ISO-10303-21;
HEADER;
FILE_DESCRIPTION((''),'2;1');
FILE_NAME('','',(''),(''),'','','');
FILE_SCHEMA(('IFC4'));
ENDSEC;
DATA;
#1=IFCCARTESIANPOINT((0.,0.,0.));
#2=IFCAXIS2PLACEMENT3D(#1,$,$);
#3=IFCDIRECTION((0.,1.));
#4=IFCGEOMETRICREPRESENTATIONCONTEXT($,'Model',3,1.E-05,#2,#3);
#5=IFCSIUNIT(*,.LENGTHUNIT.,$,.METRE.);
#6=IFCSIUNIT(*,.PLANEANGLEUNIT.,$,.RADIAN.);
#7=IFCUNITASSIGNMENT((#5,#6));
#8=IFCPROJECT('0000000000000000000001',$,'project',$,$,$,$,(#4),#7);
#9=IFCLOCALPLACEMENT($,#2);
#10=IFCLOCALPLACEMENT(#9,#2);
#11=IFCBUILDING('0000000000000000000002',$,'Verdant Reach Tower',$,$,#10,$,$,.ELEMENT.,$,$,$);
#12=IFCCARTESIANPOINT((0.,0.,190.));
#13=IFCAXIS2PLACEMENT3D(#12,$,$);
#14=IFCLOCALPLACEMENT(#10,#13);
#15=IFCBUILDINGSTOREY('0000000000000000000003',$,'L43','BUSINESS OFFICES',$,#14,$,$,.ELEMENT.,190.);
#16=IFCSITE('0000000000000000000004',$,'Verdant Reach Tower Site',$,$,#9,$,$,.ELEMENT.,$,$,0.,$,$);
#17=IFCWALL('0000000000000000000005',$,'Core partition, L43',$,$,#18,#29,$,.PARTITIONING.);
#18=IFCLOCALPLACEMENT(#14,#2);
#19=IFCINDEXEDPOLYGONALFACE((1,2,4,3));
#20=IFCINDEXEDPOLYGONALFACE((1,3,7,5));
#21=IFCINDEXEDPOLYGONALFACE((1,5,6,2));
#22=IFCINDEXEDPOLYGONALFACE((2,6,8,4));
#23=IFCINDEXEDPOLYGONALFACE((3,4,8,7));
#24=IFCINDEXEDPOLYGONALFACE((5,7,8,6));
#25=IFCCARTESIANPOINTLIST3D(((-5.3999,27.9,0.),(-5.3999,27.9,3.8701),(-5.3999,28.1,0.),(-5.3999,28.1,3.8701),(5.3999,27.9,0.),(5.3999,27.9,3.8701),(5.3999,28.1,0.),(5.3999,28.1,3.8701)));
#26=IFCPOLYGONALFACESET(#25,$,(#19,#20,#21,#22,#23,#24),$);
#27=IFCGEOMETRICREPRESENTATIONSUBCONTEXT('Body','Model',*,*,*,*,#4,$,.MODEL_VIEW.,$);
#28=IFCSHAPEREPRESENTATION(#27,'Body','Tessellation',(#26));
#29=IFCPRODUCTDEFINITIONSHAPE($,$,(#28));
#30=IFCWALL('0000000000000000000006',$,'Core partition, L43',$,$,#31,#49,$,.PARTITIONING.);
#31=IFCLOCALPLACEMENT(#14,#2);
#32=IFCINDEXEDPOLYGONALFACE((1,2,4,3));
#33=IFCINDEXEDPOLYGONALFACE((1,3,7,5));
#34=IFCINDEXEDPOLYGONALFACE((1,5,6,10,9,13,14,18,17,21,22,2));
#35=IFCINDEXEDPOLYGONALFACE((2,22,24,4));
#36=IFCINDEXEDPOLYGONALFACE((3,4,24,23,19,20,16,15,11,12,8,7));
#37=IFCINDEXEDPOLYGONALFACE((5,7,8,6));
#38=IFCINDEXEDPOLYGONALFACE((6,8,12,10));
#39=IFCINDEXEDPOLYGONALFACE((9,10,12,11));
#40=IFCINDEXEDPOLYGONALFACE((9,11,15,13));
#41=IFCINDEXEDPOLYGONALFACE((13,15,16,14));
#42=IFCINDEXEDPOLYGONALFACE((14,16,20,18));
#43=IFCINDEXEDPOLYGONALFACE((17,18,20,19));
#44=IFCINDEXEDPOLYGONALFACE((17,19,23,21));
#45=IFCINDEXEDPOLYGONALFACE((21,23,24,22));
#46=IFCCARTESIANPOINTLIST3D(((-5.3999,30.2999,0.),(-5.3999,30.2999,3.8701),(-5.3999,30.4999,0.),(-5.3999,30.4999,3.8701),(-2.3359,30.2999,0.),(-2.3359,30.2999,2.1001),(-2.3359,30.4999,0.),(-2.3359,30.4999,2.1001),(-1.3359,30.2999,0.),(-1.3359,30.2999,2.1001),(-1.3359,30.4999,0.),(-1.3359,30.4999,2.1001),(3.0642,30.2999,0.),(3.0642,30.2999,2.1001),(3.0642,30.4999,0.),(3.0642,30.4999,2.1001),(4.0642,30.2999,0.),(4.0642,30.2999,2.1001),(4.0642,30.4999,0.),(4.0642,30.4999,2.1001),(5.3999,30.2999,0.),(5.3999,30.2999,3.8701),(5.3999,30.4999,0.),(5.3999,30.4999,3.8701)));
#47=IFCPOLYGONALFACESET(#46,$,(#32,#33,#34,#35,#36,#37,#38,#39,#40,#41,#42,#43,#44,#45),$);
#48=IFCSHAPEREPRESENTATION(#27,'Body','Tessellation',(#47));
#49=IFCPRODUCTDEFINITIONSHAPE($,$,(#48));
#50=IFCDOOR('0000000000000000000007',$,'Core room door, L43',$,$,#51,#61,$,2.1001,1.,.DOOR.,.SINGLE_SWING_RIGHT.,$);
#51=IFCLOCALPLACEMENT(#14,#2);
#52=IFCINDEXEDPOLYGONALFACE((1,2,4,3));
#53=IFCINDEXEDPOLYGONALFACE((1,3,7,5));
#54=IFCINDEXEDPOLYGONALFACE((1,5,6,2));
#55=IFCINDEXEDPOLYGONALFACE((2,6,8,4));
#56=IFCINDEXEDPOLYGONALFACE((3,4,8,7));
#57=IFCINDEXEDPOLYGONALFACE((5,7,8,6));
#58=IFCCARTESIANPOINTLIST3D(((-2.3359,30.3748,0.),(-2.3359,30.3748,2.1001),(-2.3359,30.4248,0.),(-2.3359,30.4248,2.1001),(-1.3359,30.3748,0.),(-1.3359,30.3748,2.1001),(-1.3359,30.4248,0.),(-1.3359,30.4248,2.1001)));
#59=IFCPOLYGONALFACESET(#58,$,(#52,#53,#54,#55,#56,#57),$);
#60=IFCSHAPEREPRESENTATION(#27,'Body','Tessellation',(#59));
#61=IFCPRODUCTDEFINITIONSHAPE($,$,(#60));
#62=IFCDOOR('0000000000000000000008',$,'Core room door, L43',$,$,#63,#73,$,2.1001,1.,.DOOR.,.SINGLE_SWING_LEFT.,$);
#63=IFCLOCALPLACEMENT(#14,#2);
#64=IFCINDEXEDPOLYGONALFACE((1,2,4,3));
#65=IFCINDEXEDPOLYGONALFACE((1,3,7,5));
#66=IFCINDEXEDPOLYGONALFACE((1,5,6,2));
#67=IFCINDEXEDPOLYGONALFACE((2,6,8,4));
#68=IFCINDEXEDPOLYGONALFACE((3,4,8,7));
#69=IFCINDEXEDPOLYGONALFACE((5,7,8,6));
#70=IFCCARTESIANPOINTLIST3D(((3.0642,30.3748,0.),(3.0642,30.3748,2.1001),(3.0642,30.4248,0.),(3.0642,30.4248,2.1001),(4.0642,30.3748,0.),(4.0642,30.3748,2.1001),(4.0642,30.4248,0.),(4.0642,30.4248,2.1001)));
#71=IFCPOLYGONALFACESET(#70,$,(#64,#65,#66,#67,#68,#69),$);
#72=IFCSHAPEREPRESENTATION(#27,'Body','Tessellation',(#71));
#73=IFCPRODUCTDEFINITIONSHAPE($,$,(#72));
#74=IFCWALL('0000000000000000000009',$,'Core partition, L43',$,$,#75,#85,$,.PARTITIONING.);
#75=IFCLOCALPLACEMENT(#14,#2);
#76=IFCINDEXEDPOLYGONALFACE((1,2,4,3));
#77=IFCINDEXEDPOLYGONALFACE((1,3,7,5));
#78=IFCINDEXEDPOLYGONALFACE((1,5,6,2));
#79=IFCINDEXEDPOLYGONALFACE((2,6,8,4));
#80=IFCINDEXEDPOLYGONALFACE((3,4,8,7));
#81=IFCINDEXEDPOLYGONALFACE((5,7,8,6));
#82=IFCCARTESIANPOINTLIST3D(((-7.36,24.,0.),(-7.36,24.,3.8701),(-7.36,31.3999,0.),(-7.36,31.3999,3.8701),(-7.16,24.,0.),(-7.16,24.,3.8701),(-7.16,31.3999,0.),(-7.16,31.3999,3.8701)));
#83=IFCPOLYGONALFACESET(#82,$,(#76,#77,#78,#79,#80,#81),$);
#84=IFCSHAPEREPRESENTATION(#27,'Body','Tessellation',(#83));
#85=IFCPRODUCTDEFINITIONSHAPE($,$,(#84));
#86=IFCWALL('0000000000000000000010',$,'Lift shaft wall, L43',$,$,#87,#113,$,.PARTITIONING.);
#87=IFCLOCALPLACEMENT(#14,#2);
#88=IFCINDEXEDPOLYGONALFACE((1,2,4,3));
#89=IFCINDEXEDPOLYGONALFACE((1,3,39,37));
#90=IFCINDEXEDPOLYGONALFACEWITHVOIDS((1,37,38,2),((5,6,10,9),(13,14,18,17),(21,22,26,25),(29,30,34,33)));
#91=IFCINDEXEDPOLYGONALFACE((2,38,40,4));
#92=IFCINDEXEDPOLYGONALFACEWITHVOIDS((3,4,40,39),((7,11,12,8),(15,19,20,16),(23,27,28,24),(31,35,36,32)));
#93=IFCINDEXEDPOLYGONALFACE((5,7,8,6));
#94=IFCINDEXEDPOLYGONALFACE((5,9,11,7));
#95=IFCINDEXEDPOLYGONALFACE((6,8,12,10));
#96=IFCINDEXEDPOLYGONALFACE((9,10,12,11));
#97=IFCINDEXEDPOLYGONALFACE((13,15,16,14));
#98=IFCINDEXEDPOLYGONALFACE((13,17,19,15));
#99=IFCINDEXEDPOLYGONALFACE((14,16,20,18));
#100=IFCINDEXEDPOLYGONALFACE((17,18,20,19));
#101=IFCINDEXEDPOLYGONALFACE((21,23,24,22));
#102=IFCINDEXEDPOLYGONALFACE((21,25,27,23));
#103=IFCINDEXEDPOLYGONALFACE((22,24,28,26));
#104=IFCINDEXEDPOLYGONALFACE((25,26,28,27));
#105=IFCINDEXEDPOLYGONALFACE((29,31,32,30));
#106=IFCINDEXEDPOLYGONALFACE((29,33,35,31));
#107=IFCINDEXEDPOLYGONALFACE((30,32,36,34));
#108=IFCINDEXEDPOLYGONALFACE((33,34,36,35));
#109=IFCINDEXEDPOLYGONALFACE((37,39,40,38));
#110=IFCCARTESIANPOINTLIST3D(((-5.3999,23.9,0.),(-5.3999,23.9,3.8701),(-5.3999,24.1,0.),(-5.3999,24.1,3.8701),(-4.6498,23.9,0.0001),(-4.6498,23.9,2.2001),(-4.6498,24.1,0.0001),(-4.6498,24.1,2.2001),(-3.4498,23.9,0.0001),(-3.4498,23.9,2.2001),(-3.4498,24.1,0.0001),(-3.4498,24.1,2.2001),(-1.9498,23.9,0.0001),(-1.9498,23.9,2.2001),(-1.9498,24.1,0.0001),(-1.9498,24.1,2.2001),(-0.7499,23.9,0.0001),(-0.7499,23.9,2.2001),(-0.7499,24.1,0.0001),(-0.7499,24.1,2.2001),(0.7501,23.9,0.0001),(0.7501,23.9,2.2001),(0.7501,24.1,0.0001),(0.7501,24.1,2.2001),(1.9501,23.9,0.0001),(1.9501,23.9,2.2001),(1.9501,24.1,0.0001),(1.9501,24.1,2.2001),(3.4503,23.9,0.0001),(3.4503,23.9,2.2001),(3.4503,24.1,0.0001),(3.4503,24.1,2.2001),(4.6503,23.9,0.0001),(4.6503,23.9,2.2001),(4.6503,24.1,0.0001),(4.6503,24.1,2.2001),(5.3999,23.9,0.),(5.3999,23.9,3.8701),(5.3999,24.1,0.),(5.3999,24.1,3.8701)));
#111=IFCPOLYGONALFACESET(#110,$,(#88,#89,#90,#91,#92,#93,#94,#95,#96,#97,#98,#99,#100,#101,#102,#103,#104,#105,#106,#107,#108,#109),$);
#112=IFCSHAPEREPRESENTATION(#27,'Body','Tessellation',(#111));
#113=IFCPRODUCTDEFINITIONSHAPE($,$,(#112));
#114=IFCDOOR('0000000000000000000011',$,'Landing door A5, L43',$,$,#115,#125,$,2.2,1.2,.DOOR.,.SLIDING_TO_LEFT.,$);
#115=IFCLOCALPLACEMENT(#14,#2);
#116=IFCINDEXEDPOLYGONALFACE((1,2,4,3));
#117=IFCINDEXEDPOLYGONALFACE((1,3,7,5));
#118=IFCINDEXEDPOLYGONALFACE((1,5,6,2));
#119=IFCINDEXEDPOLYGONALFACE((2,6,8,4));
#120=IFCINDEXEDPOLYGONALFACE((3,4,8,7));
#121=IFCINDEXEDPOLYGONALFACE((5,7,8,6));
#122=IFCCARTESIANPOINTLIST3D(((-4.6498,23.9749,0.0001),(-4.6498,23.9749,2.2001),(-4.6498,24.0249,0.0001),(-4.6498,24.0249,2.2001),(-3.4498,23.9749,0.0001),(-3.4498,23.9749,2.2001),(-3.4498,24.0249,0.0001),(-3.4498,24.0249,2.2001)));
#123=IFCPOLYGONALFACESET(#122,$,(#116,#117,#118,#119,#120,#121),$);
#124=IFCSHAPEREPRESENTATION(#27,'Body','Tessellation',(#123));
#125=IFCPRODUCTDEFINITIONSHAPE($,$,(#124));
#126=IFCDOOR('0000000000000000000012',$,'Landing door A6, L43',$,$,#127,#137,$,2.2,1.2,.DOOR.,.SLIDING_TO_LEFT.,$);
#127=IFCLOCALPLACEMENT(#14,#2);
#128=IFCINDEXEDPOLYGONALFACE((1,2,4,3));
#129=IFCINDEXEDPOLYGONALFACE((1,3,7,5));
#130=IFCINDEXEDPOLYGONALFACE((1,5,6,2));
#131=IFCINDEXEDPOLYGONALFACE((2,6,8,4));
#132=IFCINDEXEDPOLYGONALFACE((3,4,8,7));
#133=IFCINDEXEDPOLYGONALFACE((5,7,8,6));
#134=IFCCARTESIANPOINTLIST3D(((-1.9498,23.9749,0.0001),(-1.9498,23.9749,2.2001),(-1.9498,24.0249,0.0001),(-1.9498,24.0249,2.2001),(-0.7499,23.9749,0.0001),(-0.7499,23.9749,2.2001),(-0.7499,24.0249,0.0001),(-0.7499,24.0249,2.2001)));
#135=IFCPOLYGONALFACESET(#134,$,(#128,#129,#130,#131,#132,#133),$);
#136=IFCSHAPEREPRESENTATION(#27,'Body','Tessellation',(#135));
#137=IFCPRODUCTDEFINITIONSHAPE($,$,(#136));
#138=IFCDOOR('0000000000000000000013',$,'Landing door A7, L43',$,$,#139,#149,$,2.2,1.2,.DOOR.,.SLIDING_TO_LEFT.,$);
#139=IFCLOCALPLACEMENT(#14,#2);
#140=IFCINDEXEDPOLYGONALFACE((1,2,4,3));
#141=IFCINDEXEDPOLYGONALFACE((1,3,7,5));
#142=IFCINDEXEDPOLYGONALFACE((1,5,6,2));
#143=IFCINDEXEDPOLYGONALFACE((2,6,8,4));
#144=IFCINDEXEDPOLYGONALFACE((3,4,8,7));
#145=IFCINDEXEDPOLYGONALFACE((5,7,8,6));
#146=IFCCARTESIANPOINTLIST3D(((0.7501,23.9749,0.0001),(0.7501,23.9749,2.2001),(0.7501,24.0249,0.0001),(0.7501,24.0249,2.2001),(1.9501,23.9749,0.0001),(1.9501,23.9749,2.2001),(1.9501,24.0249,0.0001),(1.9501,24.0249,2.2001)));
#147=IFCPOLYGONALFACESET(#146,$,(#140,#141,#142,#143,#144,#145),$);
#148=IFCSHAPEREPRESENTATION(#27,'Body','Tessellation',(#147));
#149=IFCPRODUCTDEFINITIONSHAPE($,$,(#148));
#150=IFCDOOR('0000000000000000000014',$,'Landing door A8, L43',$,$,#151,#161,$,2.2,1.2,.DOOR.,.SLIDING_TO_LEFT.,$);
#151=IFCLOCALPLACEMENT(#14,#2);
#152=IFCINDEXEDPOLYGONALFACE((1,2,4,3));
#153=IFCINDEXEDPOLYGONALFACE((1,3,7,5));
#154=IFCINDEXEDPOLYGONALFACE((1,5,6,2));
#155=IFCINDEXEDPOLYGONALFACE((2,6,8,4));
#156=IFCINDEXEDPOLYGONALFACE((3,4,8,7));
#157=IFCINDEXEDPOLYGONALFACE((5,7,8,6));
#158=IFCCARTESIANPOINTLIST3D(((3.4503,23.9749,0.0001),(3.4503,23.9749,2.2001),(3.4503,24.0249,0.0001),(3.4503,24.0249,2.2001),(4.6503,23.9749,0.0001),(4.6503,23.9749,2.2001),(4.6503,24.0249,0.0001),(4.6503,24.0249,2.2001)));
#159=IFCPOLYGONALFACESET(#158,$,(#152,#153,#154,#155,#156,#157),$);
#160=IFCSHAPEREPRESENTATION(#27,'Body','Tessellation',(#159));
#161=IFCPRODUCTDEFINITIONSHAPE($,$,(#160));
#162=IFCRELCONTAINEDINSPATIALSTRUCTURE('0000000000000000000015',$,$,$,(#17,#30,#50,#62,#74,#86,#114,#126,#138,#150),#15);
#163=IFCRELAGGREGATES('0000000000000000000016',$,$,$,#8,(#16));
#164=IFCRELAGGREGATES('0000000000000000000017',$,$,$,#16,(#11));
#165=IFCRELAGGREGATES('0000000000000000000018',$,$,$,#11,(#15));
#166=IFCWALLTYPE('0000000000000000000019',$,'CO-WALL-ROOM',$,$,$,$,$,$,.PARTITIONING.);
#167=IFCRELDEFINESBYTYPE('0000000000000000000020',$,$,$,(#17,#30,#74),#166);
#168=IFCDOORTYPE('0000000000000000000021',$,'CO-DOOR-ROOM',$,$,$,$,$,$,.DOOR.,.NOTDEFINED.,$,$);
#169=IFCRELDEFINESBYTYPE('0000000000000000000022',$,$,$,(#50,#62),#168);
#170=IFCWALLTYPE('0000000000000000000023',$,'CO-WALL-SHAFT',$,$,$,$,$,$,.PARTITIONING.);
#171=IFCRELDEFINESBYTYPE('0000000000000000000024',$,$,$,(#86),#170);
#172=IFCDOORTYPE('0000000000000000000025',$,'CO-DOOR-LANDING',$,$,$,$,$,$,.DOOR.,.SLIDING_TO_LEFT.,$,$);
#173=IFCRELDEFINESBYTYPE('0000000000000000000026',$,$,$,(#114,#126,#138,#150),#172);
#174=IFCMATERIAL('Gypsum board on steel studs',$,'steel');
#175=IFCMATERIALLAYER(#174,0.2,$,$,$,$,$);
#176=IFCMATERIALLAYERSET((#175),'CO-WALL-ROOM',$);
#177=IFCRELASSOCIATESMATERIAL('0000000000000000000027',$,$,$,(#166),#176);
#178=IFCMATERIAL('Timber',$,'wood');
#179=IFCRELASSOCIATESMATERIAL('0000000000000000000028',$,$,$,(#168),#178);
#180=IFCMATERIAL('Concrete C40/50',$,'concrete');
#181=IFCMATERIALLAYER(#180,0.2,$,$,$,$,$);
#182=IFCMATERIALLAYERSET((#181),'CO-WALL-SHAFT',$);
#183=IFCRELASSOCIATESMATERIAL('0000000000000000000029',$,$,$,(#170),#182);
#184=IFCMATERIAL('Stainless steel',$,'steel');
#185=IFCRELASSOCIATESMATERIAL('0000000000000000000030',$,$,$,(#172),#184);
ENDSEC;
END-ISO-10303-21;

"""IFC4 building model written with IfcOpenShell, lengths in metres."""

from ifc_helpers import new_model, si_unit, direction, frame, frame_2d, origin, place, context, subcontext, project, spatial, rectangle, extrude, material, layer, layer_set, type_object, element, fill, save


model = new_model("IFC4")

# Units and contexts
model_context = context("Model", 3, precision=1e-05, world=origin(), true_north=direction((0.0, 1.0)))
body_context = subcontext(model_context, "Body", "Model", "MODEL_VIEW")
ifc_project = project(units=[si_unit("LENGTHUNIT", "METRE"), si_unit("PLANEANGLEUNIT", "RADIAN")], contexts=[model_context])

# Site, building, storey
site_placement = place(None, origin())
site = spatial("IfcSite", under=ifc_project, at=site_placement, Name="Verdant Reach Tower Site", CompositionType="ELEMENT", RefElevation=0.0)
building_placement = place(site_placement, origin())
building = spatial("IfcBuilding", under=site, at=building_placement, Name="Verdant Reach Tower", CompositionType="ELEMENT")
storey_placement = place(building_placement, frame((0.0, 0.0, 190.0)))
storey = spatial("IfcBuildingStorey", under=building, at=storey_placement, Name="L43", Description="BUSINESS OFFICES", CompositionType="ELEMENT", Elevation=190.0)

# Wall
ifc_material_1 = material(Name="Gypsum board on steel studs", Category="steel")
ifc_layer_1 = layer(ifc_material_1, 0.2)
ifc_layer_set_1 = layer_set([ifc_layer_1], Name="CO-WALL-ROOM")
wall_type_1 = type_object("IfcWallType", Name="CO-WALL-ROOM", PredefinedType="PARTITIONING", material=ifc_layer_set_1)
wall_1_placement = place(storey_placement, frame((-5.3999, 28.0, 0.0), z_axis=(0.0, 0.0, 1.0), x_axis=(1.0, 0.0, 0.0)))
element("IfcWall", 1, at=wall_1_placement, inside=storey, type_object=wall_type_1, Name="Core partition, L43", PredefinedType="PARTITIONING", context=body_context, shape_type="SweptSolid", body=[
    extrude(rectangle(XDim=10.7998, YDim=0.2, at=frame_2d((5.3999, 0.0))), origin(), (0.0, 0.0, 1.0), 3.8701),
])

# Wall, openings, doors
wall_2_placement = place(storey_placement, frame((-5.3999, 30.3999, 0.0), z_axis=(0.0, 0.0, 1.0), x_axis=(1.0, 0.0, 0.0)))
wall_2 = element("IfcWall", 2, at=wall_2_placement, inside=storey, type_object=wall_type_1, Name="Core partition, L43", PredefinedType="PARTITIONING", context=body_context, shape_type="SweptSolid", body=[
    extrude(rectangle(XDim=10.7998, YDim=0.2, at=frame_2d((5.3999, 0.0))), origin(), (0.0, 0.0, 1.0), 3.8701),
])
opening_1_placement = place(wall_2_placement, frame((3.064, 0.0, 0.0)))
opening_1 = element("IfcOpeningElement", 3, at=opening_1_placement, cuts=wall_2, PredefinedType="OPENING", context=body_context, shape_type="SweptSolid", body=[
    extrude(rectangle(XDim=1.0, YDim=2.1001, at=frame_2d((0.5, 1.05))), frame((0.0, 0.1099, 0.0), z_axis=(0.0, -1.0, 0.0), x_axis=(1.0, 0.0, 0.0)), (0.0, 0.0, 1.0), 0.22),
])
opening_2_placement = place(wall_2_placement, frame((8.4641, 0.0, 0.0)))
opening_2 = element("IfcOpeningElement", 4, at=opening_2_placement, cuts=wall_2, PredefinedType="OPENING", context=body_context, shape_type="SweptSolid", body=[
    extrude(rectangle(XDim=1.0, YDim=2.1001, at=frame_2d((0.5, 1.05))), frame((0.0, 0.1099, 0.0), z_axis=(0.0, -1.0, 0.0), x_axis=(1.0, 0.0, 0.0)), (0.0, 0.0, 1.0), 0.22),
])
ifc_material_2 = material(Name="Timber", Category="wood")
door_type_1 = type_object("IfcDoorType", Name="CO-DOOR-ROOM", OperationType="NOTDEFINED", PredefinedType="DOOR", material=ifc_material_2)
door_1_placement = place(opening_1_placement, origin())
door_1 = element("IfcDoor", 5, at=door_1_placement, inside=storey, type_object=door_type_1, Name="Core room door, L43", OperationType="SINGLE_SWING_RIGHT", OverallHeight=2.1001, OverallWidth=1.0, PredefinedType="DOOR", context=body_context, shape_type="SweptSolid", body=[
    extrude(rectangle(XDim=1.0, YDim=2.1001, at=frame_2d((0.5, 1.05))), frame((0.0, 0.0249, 0.0), z_axis=(0.0, -1.0, 0.0), x_axis=(1.0, 0.0, 0.0)), (0.0, 0.0, 1.0), 0.05),
])
fill(opening_1, door_1)
door_2_placement = place(opening_2_placement, origin())
door_2 = element("IfcDoor", 6, at=door_2_placement, inside=storey, type_object=door_type_1, Name="Core room door, L43", OperationType="SINGLE_SWING_LEFT", OverallHeight=2.1001, OverallWidth=1.0, PredefinedType="DOOR", context=body_context, shape_type="SweptSolid", body=[
    extrude(rectangle(XDim=1.0, YDim=2.1001, at=frame_2d((0.5, 1.05))), frame((0.0, 0.0249, 0.0), z_axis=(0.0, -1.0, 0.0), x_axis=(1.0, 0.0, 0.0)), (0.0, 0.0, 1.0), 0.05),
])
fill(opening_2, door_2)

# Wall
wall_3_placement = place(storey_placement, frame((-7.26, 24.0, 0.0), z_axis=(0.0, 0.0, 1.0), x_axis=(0.0, 1.0, 0.0)))
element("IfcWall", 7, at=wall_3_placement, inside=storey, type_object=wall_type_1, Name="Core partition, L43", PredefinedType="PARTITIONING", context=body_context, shape_type="SweptSolid", body=[
    extrude(rectangle(XDim=7.3999, YDim=0.2, at=frame_2d((3.7, 0.0))), origin(), (0.0, 0.0, 1.0), 3.8701),
])

# Wall, openings, doors
ifc_material_3 = material(Name="Concrete C40/50", Category="concrete")
ifc_layer_2 = layer(ifc_material_3, 0.2)
ifc_layer_set_2 = layer_set([ifc_layer_2], Name="CO-WALL-SHAFT")
wall_type_2 = type_object("IfcWallType", Name="CO-WALL-SHAFT", PredefinedType="PARTITIONING", material=ifc_layer_set_2)
wall_4_placement = place(storey_placement, frame((-5.3999, 24.0, 0.0), z_axis=(0.0, 0.0, 1.0), x_axis=(1.0, 0.0, 0.0)))
wall_4 = element("IfcWall", 8, at=wall_4_placement, inside=storey, type_object=wall_type_2, Name="Lift shaft wall, L43", PredefinedType="PARTITIONING", context=body_context, shape_type="SweptSolid", body=[
    extrude(rectangle(XDim=10.7998, YDim=0.2, at=frame_2d((5.3999, 0.0))), origin(), (0.0, 0.0, 1.0), 3.8701),
])
opening_3_placement = place(wall_4_placement, frame((0.75, 0.0, 0.0)))
opening_3 = element("IfcOpeningElement", 9, at=opening_3_placement, cuts=wall_4, PredefinedType="OPENING", context=body_context, shape_type="SweptSolid", body=[
    extrude(rectangle(XDim=1.2, YDim=2.2, at=frame_2d((0.6001, 1.1001))), frame((0.0, 0.1099, 0.0), z_axis=(0.0, -1.0, 0.0), x_axis=(1.0, 0.0, 0.0)), (0.0, 0.0, 1.0), 0.22),
])
opening_4_placement = place(wall_4_placement, frame((3.45, 0.0, 0.0)))
opening_4 = element("IfcOpeningElement", 10, at=opening_4_placement, cuts=wall_4, PredefinedType="OPENING", context=body_context, shape_type="SweptSolid", body=[
    extrude(rectangle(XDim=1.2, YDim=2.2, at=frame_2d((0.6001, 1.1001))), frame((0.0, 0.1099, 0.0), z_axis=(0.0, -1.0, 0.0), x_axis=(1.0, 0.0, 0.0)), (0.0, 0.0, 1.0), 0.22),
])
opening_5_placement = place(wall_4_placement, frame((6.1499, 0.0, 0.0)))
opening_5 = element("IfcOpeningElement", 11, at=opening_5_placement, cuts=wall_4, PredefinedType="OPENING", context=body_context, shape_type="SweptSolid", body=[
    extrude(rectangle(XDim=1.2, YDim=2.2, at=frame_2d((0.6001, 1.1001))), frame((0.0, 0.1099, 0.0), z_axis=(0.0, -1.0, 0.0), x_axis=(1.0, 0.0, 0.0)), (0.0, 0.0, 1.0), 0.22),
])
opening_6_placement = place(wall_4_placement, frame((8.8501, 0.0, 0.0)))
opening_6 = element("IfcOpeningElement", 12, at=opening_6_placement, cuts=wall_4, PredefinedType="OPENING", context=body_context, shape_type="SweptSolid", body=[
    extrude(rectangle(XDim=1.2, YDim=2.2, at=frame_2d((0.6001, 1.1001))), frame((0.0, 0.1099, 0.0), z_axis=(0.0, -1.0, 0.0), x_axis=(1.0, 0.0, 0.0)), (0.0, 0.0, 1.0), 0.22),
])
ifc_material_4 = material(Name="Stainless steel", Category="steel")
door_type_2 = type_object("IfcDoorType", Name="CO-DOOR-LANDING", OperationType="SLIDING_TO_LEFT", PredefinedType="DOOR", material=ifc_material_4)
door_3_placement = place(opening_3_placement, origin())
door_3 = element("IfcDoor", 13, at=door_3_placement, inside=storey, type_object=door_type_2, Name="Landing door A5, L43", OperationType="SLIDING_TO_LEFT", OverallHeight=2.2, OverallWidth=1.2, PredefinedType="DOOR", context=body_context, shape_type="SweptSolid", body=[
    extrude(rectangle(XDim=1.2, YDim=2.2, at=frame_2d((0.6001, 1.1001))), frame((0.0, 0.0249, 0.0), z_axis=(0.0, -1.0, 0.0), x_axis=(1.0, 0.0, 0.0)), (0.0, 0.0, 1.0), 0.05),
])
fill(opening_3, door_3)
door_4_placement = place(opening_4_placement, origin())
door_4 = element("IfcDoor", 14, at=door_4_placement, inside=storey, type_object=door_type_2, Name="Landing door A6, L43", OperationType="SLIDING_TO_LEFT", OverallHeight=2.2, OverallWidth=1.2, PredefinedType="DOOR", context=body_context, shape_type="SweptSolid", body=[
    extrude(rectangle(XDim=1.2, YDim=2.2, at=frame_2d((0.6001, 1.1001))), frame((0.0, 0.0249, 0.0), z_axis=(0.0, -1.0, 0.0), x_axis=(1.0, 0.0, 0.0)), (0.0, 0.0, 1.0), 0.05),
])
fill(opening_4, door_4)
door_5_placement = place(opening_5_placement, origin())
door_5 = element("IfcDoor", 15, at=door_5_placement, inside=storey, type_object=door_type_2, Name="Landing door A7, L43", OperationType="SLIDING_TO_LEFT", OverallHeight=2.2, OverallWidth=1.2, PredefinedType="DOOR", context=body_context, shape_type="SweptSolid", body=[
    extrude(rectangle(XDim=1.2, YDim=2.2, at=frame_2d((0.6001, 1.1001))), frame((0.0, 0.0249, 0.0), z_axis=(0.0, -1.0, 0.0), x_axis=(1.0, 0.0, 0.0)), (0.0, 0.0, 1.0), 0.05),
])
fill(opening_5, door_5)
door_6_placement = place(opening_6_placement, origin())
door_6 = element("IfcDoor", 16, at=door_6_placement, inside=storey, type_object=door_type_2, Name="Landing door A8, L43", OperationType="SLIDING_TO_LEFT", OverallHeight=2.2, OverallWidth=1.2, PredefinedType="DOOR", context=body_context, shape_type="SweptSolid", body=[
    extrude(rectangle(XDim=1.2, YDim=2.2, at=frame_2d((0.6001, 1.1001))), frame((0.0, 0.0249, 0.0), z_axis=(0.0, -1.0, 0.0), x_axis=(1.0, 0.0, 0.0)), (0.0, 0.0, 1.0), 0.05),
])
fill(opening_6, door_6)

save(model, "model.ifc")
